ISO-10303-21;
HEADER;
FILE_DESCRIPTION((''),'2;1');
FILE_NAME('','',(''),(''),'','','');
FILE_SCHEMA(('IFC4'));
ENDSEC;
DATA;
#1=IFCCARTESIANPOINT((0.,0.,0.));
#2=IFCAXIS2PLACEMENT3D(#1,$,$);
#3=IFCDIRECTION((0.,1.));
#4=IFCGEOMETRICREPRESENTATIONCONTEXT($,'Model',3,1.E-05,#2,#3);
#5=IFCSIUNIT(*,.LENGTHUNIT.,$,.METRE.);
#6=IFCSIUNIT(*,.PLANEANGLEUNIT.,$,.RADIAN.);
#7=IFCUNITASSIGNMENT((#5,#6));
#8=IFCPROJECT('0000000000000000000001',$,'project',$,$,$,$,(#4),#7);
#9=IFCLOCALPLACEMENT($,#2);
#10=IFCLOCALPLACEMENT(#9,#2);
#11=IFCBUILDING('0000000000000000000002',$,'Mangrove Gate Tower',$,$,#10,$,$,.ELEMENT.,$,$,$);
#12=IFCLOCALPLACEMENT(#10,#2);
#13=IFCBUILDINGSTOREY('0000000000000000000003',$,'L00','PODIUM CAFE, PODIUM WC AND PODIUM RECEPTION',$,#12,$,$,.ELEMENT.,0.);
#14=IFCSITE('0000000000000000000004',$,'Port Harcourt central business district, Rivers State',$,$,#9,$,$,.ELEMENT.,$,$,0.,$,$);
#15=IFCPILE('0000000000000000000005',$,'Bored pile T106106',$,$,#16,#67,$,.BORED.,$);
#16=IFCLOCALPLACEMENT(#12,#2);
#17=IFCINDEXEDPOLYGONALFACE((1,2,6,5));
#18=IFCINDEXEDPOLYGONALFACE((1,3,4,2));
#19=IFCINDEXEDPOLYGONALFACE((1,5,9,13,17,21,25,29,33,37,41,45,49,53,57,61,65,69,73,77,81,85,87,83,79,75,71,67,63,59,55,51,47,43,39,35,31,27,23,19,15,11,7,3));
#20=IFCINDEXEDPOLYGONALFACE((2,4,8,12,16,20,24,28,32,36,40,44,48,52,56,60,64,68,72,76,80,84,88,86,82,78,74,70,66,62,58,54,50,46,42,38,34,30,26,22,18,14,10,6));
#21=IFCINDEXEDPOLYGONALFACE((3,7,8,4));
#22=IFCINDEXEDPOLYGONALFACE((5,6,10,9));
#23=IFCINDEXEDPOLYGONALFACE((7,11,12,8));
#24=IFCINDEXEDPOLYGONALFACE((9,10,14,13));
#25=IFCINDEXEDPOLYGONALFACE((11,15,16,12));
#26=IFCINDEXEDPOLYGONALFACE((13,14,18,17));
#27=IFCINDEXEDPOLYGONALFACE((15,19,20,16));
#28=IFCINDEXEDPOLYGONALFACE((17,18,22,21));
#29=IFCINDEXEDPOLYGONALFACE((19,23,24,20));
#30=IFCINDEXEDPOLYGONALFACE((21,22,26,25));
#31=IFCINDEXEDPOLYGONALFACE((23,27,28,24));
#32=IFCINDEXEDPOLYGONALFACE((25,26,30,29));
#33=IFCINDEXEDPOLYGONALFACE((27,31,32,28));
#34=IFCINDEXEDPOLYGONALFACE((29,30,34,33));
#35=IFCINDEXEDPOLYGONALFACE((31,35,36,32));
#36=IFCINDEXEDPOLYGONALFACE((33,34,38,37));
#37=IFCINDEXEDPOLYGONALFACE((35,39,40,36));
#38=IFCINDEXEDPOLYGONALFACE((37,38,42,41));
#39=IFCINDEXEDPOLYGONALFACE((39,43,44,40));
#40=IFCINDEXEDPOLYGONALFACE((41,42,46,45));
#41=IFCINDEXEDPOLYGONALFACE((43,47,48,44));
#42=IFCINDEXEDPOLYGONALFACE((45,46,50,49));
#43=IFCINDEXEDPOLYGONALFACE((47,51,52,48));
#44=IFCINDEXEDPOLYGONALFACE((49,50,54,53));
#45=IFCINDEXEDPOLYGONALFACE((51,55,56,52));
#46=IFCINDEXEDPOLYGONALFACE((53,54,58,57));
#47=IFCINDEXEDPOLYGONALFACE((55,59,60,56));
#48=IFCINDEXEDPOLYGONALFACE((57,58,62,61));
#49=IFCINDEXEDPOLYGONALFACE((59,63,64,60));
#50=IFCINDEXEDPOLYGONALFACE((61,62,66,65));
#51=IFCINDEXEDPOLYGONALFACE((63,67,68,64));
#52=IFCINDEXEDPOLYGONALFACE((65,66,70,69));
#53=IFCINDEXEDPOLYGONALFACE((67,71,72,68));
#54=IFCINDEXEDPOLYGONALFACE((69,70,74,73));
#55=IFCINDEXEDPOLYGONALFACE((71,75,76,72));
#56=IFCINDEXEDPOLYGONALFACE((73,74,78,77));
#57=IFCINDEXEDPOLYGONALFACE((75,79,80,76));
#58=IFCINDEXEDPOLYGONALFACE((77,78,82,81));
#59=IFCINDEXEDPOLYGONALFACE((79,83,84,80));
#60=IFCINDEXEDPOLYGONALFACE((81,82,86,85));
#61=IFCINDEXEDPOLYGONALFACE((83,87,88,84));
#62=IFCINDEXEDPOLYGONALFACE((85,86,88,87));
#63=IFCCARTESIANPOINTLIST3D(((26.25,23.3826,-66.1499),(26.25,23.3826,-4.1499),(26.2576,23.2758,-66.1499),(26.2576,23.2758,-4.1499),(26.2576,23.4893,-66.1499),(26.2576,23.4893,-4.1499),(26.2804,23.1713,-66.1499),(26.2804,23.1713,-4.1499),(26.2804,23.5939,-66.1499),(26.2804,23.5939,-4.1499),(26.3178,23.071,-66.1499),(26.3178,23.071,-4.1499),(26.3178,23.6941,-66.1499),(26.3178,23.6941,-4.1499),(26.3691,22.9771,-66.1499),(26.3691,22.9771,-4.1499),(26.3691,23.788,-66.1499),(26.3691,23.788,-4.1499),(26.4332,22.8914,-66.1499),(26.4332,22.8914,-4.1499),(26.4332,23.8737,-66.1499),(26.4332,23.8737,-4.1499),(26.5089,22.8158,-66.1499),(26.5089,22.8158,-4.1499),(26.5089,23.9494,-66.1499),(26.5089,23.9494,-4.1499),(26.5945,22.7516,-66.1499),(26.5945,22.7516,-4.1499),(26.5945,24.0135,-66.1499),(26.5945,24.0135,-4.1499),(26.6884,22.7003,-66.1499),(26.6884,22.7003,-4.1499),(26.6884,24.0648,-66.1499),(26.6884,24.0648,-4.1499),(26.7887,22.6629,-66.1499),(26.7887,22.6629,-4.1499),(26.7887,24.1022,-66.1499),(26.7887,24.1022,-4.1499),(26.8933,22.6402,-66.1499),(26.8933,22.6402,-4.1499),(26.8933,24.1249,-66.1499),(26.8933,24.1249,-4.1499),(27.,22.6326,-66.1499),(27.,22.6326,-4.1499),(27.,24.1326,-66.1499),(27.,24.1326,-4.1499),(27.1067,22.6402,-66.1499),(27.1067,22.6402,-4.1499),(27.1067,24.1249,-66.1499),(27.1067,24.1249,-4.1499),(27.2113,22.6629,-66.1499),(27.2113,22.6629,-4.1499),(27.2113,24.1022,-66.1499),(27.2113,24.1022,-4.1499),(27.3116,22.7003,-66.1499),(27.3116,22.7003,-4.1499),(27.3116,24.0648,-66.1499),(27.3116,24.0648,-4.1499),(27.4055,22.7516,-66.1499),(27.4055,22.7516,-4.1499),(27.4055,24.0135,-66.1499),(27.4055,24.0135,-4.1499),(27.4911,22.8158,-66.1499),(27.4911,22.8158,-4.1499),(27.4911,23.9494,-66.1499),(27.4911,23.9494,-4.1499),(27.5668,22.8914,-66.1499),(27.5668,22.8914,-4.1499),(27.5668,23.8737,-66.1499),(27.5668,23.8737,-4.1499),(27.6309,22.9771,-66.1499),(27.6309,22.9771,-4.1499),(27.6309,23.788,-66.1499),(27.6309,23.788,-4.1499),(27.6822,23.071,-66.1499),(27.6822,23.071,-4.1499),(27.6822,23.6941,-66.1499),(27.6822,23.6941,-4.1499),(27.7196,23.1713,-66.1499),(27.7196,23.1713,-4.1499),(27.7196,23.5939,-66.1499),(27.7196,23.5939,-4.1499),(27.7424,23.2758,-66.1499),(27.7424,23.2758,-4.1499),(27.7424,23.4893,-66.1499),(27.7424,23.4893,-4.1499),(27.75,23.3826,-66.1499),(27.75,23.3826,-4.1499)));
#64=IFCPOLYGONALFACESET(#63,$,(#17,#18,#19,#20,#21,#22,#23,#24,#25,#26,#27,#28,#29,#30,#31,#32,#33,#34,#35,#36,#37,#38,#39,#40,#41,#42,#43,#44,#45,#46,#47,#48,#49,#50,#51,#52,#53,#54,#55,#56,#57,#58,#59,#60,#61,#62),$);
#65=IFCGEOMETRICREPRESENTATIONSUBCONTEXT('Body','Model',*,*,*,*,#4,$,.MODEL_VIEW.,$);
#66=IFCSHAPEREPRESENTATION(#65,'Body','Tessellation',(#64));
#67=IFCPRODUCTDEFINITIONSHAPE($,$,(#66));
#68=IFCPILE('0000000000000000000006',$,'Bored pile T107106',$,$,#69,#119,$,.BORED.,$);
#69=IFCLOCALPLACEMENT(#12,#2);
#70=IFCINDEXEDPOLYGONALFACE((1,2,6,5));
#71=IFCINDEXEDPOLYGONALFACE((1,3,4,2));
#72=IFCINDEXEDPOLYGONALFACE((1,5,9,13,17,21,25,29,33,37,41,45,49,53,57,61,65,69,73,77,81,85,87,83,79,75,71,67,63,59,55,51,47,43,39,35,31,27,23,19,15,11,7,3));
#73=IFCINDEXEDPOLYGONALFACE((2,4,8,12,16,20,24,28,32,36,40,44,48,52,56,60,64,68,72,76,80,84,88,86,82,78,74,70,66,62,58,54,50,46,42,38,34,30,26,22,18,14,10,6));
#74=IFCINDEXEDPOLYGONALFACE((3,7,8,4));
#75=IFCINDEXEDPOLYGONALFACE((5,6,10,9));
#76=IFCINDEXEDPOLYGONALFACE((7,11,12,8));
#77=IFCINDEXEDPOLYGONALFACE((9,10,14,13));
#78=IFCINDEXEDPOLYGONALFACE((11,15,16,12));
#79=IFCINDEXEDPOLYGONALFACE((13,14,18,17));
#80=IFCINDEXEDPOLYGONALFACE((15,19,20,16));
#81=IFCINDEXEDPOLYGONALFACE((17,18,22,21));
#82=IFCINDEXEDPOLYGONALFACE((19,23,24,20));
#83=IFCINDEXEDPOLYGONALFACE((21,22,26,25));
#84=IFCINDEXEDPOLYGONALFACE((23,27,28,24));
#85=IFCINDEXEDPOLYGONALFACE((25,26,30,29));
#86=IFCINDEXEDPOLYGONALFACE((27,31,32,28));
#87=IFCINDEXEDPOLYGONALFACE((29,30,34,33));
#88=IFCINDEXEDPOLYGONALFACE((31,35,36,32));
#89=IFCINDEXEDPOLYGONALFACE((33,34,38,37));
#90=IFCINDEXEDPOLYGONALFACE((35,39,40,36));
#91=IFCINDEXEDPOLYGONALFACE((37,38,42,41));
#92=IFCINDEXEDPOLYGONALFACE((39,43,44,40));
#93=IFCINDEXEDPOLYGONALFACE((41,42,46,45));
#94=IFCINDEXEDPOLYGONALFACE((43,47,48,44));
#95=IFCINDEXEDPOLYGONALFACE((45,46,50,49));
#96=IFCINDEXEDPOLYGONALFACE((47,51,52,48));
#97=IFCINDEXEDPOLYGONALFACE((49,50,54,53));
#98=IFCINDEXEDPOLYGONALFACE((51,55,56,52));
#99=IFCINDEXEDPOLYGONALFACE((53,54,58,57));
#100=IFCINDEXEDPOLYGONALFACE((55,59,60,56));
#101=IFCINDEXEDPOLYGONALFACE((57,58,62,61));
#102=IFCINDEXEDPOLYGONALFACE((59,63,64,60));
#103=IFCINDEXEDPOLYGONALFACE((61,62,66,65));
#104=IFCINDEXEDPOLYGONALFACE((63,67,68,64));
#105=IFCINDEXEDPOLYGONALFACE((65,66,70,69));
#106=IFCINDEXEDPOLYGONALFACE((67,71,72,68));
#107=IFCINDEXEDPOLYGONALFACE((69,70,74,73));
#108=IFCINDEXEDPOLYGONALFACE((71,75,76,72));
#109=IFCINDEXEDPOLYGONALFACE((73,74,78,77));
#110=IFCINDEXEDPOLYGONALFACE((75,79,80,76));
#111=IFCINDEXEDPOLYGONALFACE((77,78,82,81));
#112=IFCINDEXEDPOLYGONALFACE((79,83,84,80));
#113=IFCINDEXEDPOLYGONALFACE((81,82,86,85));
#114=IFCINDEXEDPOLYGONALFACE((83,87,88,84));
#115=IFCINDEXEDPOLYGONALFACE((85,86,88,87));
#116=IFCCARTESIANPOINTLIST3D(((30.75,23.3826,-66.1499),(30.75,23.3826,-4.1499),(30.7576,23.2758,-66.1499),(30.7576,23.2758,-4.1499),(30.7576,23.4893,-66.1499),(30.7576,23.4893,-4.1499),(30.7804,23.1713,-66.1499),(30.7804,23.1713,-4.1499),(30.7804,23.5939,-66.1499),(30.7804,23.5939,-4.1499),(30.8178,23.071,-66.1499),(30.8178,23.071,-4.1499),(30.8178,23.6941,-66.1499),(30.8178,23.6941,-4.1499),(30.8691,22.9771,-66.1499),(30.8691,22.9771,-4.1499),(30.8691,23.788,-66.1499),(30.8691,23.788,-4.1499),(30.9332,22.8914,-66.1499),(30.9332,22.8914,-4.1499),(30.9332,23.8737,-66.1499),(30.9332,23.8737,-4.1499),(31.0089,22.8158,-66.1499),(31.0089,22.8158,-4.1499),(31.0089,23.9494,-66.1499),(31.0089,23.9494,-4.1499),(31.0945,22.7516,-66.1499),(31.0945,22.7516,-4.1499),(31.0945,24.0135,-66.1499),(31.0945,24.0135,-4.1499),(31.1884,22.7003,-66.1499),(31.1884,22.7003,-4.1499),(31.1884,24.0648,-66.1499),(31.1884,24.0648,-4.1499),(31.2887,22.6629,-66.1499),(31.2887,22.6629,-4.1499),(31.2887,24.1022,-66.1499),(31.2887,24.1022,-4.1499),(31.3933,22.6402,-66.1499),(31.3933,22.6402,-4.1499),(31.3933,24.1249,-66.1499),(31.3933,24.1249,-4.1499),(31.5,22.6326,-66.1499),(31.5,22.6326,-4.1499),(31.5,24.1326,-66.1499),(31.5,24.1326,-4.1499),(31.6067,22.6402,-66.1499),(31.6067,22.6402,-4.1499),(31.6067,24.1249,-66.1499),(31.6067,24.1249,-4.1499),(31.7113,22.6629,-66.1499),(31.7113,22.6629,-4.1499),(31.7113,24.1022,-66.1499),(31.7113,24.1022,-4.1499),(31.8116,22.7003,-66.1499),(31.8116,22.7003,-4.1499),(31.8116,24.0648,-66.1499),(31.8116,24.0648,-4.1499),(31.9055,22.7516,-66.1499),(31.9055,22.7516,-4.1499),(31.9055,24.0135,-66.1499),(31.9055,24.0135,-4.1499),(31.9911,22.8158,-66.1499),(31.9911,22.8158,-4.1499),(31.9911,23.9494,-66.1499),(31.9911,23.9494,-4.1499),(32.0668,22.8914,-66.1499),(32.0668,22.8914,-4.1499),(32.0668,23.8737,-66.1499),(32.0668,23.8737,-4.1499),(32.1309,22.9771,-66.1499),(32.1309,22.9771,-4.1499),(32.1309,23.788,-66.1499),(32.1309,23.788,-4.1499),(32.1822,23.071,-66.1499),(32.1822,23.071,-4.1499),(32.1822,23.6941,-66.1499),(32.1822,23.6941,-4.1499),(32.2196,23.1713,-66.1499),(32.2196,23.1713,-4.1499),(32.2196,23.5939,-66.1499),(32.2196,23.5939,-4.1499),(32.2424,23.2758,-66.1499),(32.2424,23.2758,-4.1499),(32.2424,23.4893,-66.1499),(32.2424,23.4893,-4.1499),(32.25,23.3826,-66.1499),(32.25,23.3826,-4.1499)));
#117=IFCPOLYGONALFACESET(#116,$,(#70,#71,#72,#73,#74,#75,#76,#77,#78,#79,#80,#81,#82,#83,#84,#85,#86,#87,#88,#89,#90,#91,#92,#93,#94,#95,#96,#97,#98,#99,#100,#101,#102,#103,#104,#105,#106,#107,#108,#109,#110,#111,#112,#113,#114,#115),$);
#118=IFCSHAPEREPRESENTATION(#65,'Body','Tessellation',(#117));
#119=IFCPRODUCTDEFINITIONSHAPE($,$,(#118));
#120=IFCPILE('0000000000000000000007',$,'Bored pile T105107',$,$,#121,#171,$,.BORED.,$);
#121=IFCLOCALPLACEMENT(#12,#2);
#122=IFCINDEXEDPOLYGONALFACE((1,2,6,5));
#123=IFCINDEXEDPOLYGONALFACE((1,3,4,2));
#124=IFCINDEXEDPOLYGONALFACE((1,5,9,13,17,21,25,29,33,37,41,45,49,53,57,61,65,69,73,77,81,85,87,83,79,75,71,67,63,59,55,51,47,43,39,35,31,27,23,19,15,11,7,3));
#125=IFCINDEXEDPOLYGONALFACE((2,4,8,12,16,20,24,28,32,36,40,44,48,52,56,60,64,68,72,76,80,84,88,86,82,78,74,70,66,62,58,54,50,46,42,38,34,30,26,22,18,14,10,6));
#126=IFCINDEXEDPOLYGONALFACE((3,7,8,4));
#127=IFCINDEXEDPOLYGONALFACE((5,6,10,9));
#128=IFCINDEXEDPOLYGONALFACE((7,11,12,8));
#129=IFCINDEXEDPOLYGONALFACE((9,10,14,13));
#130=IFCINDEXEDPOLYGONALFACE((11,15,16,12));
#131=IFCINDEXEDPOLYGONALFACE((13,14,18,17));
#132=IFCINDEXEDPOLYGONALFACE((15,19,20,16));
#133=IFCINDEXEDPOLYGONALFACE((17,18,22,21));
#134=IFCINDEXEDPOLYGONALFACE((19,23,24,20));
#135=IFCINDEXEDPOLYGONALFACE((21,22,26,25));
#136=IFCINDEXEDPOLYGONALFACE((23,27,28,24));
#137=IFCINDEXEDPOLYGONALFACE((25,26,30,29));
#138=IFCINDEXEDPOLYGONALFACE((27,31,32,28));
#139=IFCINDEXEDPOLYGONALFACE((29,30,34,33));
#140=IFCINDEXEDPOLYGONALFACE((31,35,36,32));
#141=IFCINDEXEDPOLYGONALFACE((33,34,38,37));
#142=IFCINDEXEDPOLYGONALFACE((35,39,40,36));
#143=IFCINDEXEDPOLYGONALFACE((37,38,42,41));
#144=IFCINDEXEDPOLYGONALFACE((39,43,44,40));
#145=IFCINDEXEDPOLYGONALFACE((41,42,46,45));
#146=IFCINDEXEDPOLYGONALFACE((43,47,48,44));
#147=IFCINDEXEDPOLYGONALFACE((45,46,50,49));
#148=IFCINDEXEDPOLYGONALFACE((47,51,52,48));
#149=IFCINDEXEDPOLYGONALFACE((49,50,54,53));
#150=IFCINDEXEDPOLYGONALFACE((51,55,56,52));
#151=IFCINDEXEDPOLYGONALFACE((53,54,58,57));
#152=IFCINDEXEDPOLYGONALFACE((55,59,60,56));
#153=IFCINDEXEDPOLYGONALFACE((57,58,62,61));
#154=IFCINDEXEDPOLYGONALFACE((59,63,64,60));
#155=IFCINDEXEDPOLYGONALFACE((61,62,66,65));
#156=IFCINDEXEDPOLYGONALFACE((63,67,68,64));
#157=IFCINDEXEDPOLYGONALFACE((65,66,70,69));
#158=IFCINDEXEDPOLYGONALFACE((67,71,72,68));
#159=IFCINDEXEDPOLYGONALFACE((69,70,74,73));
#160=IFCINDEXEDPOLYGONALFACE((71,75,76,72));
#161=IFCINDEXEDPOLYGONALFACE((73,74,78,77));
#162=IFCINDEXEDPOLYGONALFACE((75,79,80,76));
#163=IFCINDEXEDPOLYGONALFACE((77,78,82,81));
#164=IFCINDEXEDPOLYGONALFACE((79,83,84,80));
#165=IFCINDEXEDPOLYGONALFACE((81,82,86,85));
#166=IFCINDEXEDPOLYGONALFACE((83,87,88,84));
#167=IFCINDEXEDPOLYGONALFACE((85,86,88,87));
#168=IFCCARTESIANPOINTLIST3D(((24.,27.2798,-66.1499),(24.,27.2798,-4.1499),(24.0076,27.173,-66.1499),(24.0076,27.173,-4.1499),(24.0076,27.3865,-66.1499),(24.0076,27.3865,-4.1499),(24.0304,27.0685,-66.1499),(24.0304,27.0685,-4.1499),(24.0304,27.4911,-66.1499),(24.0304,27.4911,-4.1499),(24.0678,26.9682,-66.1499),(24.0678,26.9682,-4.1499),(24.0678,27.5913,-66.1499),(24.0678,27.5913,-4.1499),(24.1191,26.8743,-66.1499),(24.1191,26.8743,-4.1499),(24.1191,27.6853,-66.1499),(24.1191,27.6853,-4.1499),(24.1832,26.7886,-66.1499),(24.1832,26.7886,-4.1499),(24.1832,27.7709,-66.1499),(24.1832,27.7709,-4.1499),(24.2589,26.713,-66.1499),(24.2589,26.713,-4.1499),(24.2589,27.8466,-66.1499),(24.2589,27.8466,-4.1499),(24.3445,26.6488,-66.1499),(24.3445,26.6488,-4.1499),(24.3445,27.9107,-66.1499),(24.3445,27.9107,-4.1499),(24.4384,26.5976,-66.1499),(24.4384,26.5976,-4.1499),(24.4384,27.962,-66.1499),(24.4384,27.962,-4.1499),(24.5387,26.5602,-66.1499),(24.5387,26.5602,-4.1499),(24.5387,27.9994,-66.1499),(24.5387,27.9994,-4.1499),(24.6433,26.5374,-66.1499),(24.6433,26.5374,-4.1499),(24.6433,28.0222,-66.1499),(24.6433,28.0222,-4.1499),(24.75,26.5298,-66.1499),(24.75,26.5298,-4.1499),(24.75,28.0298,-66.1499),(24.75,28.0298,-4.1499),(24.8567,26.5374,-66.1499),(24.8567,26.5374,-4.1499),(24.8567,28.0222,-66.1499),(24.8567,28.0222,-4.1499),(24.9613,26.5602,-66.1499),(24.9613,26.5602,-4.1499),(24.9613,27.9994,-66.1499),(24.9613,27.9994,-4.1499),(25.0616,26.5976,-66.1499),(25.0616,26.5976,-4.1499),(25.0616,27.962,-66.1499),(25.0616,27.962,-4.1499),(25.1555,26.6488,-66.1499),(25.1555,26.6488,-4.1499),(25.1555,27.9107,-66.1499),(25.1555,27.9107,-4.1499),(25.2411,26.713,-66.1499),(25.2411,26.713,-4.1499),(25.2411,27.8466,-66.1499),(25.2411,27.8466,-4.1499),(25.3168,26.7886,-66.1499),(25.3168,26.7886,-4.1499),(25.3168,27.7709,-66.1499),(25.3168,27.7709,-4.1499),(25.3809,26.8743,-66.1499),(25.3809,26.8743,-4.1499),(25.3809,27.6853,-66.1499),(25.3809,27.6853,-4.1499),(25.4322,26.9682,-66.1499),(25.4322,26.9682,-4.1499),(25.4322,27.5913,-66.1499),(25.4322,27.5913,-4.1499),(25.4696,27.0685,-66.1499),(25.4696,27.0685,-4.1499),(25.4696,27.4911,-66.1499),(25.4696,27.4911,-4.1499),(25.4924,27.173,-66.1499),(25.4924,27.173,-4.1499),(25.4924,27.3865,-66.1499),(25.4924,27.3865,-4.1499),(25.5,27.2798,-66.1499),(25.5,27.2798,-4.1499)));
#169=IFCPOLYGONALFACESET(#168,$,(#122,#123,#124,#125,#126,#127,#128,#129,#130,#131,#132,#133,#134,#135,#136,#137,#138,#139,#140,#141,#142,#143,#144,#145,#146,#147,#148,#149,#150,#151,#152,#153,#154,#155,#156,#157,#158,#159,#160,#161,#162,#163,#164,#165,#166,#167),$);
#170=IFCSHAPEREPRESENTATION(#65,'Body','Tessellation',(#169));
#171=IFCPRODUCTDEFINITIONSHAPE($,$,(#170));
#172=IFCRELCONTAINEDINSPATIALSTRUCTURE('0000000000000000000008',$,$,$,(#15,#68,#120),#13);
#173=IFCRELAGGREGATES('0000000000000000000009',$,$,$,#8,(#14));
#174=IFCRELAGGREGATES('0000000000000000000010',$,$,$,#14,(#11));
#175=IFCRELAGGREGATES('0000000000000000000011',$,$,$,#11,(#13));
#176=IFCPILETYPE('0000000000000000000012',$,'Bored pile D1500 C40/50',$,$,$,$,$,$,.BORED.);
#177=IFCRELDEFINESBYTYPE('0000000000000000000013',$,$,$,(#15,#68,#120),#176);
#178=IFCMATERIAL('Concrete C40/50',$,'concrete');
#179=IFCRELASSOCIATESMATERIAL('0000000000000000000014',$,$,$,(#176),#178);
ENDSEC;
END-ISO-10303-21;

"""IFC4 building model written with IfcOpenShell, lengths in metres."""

from ifc_helpers import new_model, si_unit, direction, frame, origin, origin_2d, place, context, subcontext, project, spatial, circle, extrude, material, material_profile, profile_set, type_object, element, save


model = new_model("IFC4")

# Units and contexts
model_context = context("Model", 3, precision=1e-05, world=origin(), true_north=direction((0.0, 1.0)))
body_context = subcontext(model_context, "Body", "Model", "MODEL_VIEW")
ifc_project = project(units=[si_unit("LENGTHUNIT", "METRE"), si_unit("PLANEANGLEUNIT", "RADIAN")], contexts=[model_context])

# Site, building, storey
site_placement = place(None, origin())
site = spatial("IfcSite", under=ifc_project, at=site_placement, Name="Port Harcourt central business district, Rivers State", CompositionType="ELEMENT", RefElevation=0.0)
building_placement = place(site_placement, origin())
building = spatial("IfcBuilding", under=site, at=building_placement, Name="Mangrove Gate Tower", CompositionType="ELEMENT")
storey_placement = place(building_placement, origin())
storey = spatial("IfcBuildingStorey", under=building, at=storey_placement, Name="L00", Description="PODIUM CAFE, PODIUM WC AND PODIUM RECEPTION", CompositionType="ELEMENT", Elevation=0.0)

# Piles
ifc_material_1 = material(Name="Concrete C40/50", Category="concrete")
ifc_material_profile_1 = material_profile(ifc_material_1, circle(Radius=0.75, at=origin_2d()))
ifc_profile_set_1 = profile_set([ifc_material_profile_1], Name="Concrete C40/50")
pile_type = type_object("IfcPileType", Name="Bored pile D1500 C40/50", PredefinedType="BORED", material=ifc_profile_set_1)
for number, where, z_axis, x_axis, name in (
    (1, (27.0, 23.3826, -4.1499), (0.0, 0.0, -1.0), (1.0, 0.0, 0.0), "Bored pile T106106"),
    (2, (31.5, 23.3826, -4.1499), (0.0, 0.0, -1.0), (1.0, 0.0, 0.0), "Bored pile T107106"),
    (3, (24.75, 27.2798, -4.1499), (0.0, 0.0, -1.0), (1.0, 0.0, 0.0), "Bored pile T105107"),
):
    element("IfcPile", number, at=place(storey_placement, frame(where, z_axis=z_axis, x_axis=x_axis)), inside=storey, type_object=pile_type, Name=name, PredefinedType="BORED", context=body_context, shape_type="SweptSolid", body=[
        extrude(circle(Radius=0.75, at=origin_2d()), origin(), (0.0, 0.0, 1.0), 62.0),
    ])

save(model, "model.ifc")
